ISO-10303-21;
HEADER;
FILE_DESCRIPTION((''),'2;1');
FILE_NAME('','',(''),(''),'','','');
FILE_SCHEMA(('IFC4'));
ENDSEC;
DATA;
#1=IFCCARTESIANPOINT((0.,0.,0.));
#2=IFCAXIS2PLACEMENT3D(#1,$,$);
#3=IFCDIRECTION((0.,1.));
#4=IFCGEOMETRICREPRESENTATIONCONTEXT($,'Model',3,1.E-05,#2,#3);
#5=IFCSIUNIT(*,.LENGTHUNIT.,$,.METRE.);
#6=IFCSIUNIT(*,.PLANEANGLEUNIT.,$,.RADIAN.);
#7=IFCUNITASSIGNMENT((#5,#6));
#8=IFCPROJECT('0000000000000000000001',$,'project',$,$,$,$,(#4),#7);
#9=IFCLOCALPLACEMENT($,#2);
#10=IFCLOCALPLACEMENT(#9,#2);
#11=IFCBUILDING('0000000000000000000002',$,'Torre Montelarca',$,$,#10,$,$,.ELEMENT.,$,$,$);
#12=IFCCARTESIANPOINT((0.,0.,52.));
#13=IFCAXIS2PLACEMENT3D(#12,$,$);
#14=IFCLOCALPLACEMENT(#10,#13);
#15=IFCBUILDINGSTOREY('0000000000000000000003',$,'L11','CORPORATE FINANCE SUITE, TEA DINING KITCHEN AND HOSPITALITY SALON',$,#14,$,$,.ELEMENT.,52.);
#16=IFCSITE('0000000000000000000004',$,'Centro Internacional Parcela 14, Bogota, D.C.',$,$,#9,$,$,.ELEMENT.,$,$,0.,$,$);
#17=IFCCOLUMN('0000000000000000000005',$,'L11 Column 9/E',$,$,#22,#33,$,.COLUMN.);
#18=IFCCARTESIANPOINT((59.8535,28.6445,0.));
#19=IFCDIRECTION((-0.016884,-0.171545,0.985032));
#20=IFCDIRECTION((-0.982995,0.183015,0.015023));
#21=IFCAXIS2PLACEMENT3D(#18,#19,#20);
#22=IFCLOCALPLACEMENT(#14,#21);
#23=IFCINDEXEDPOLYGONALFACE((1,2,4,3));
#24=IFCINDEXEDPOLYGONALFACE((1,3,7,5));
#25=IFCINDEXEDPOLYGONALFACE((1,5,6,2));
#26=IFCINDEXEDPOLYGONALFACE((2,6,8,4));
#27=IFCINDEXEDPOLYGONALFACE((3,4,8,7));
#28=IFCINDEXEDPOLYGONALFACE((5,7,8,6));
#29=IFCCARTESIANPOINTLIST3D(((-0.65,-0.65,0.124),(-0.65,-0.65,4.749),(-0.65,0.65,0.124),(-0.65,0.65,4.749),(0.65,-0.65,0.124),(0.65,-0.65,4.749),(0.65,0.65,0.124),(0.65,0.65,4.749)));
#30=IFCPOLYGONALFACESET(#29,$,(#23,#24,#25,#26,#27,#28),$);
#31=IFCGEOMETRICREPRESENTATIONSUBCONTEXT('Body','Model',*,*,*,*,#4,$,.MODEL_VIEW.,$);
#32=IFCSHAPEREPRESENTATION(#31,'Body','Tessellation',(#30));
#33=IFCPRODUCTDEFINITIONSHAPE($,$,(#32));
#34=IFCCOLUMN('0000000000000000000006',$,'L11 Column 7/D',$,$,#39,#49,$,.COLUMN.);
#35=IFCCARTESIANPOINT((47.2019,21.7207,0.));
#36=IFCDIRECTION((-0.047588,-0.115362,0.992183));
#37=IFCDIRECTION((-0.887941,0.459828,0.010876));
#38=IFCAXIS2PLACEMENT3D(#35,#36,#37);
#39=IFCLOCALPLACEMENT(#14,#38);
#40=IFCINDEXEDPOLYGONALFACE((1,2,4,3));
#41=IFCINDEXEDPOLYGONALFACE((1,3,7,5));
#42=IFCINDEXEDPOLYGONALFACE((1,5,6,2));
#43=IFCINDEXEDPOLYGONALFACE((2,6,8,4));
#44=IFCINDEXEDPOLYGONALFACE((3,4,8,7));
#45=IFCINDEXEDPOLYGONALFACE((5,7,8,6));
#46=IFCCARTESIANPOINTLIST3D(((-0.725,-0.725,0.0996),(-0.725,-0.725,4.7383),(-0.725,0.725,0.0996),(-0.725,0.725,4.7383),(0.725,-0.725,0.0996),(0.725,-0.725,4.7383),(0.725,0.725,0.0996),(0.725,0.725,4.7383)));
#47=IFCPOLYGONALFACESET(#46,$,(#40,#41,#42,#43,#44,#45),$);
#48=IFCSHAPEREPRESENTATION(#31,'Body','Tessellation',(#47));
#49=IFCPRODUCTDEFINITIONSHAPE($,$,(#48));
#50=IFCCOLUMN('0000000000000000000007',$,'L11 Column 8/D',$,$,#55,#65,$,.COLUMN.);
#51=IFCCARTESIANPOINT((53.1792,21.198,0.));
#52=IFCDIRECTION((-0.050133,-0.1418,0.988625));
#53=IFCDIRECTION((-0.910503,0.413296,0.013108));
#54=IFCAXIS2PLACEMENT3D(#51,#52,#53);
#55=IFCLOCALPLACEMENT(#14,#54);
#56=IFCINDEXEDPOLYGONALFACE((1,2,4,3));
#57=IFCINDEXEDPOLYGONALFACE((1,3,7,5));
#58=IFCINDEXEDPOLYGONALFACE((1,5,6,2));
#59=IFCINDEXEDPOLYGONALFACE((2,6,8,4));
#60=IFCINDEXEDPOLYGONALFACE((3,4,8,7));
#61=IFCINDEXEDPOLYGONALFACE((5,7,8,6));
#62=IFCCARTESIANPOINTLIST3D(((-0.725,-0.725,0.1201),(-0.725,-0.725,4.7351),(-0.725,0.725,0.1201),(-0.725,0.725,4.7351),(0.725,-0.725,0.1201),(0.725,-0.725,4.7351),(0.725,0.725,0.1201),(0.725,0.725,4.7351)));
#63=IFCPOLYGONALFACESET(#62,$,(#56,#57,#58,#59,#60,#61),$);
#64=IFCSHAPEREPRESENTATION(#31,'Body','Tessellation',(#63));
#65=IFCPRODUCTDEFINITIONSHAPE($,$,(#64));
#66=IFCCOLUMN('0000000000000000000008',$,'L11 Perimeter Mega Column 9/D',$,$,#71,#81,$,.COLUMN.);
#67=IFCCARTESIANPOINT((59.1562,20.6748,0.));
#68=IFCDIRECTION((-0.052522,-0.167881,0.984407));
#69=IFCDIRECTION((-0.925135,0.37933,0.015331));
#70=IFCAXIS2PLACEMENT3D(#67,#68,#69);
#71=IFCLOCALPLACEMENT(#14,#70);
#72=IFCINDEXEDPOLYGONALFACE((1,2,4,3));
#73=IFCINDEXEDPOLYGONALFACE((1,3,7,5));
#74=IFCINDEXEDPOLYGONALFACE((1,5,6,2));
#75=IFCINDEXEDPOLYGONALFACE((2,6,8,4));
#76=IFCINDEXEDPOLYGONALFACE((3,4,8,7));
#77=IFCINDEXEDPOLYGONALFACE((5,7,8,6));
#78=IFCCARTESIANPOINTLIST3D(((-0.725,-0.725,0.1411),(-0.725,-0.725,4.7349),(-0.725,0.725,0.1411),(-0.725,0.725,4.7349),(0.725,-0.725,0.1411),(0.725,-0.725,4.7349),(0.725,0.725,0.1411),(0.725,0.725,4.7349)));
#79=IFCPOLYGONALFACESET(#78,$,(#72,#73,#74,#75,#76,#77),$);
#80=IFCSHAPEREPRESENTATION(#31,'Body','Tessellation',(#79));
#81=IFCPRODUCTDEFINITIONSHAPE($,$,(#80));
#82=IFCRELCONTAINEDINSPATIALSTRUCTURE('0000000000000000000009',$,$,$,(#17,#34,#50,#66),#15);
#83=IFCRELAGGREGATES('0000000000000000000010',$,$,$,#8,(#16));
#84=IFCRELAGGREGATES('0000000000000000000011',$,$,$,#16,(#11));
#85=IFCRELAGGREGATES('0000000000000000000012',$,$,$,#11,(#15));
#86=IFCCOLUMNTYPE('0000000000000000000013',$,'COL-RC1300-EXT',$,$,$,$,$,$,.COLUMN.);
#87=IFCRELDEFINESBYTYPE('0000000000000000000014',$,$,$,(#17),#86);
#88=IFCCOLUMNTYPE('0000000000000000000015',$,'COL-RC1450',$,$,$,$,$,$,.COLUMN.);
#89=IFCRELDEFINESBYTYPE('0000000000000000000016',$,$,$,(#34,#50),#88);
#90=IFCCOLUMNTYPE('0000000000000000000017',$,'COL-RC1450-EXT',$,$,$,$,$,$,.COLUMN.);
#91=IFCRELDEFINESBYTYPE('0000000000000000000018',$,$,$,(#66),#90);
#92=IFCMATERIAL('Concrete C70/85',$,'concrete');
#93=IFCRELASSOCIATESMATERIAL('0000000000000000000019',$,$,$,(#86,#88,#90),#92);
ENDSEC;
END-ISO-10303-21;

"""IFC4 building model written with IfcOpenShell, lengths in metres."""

from ifc_helpers import new_model, si_unit, direction, frame, origin, origin_2d, place, context, subcontext, project, spatial, rectangle, extrude, clip, halfspace, material, material_profile, profile_set, type_object, element, save


model = new_model("IFC4")

# Units and contexts
model_context = context("Model", 3, precision=1e-05, world=origin(), true_north=direction((0.0, 1.0)))
body_context = subcontext(model_context, "Body", "Model", "MODEL_VIEW")
ifc_project = project(units=[si_unit("LENGTHUNIT", "METRE"), si_unit("PLANEANGLEUNIT", "RADIAN")], contexts=[model_context])

# Site, building, storey
site_placement = place(None, origin())
site = spatial("IfcSite", under=ifc_project, at=site_placement, Name="Centro Internacional Parcela 14, Bogota, D.C.", CompositionType="ELEMENT", RefElevation=0.0)
building_placement = place(site_placement, origin())
building = spatial("IfcBuilding", under=site, at=building_placement, Name="Torre Montelarca", CompositionType="ELEMENT")
storey_placement = place(building_placement, frame((0.0, 0.0, 52.0)))
storey = spatial("IfcBuildingStorey", under=building, at=storey_placement, Name="L11", Description="CORPORATE FINANCE SUITE, TEA DINING KITCHEN AND HOSPITALITY SALON", CompositionType="ELEMENT", Elevation=52.0)

# Columns
ifc_material_1 = material(Name="Concrete C70/85", Category="concrete")
ifc_material_profile_1 = material_profile(ifc_material_1, rectangle(XDim=1.3, YDim=1.3, at=origin_2d()), Name="RC1300X1300", Category="concrete")
ifc_profile_set_1 = profile_set([ifc_material_profile_1], Name="Concrete C70/85")
column_type_1 = type_object("IfcColumnType", Name="COL-RC1300-EXT", PredefinedType="COLUMN", material=ifc_profile_set_1)
column_1_placement = place(storey_placement, frame((59.8535, 28.6445, 0.0), z_axis=(-0.016884, -0.171545, 0.985032), x_axis=(-0.982995, 0.183015, 0.015023)))
element("IfcColumn", 1, at=column_1_placement, inside=storey, type_object=column_type_1, Name="L11 Column 9/E", PredefinedType="COLUMN", context=body_context, shape_type="Clipping", body=[
    clip(clip(extrude(rectangle(XDim=1.3, YDim=1.3, at=origin_2d()), origin(), (0.0, 0.0, 1.0), 4.873), halfspace(frame((0.0, 0.0, 0.124), z_axis=(0.0, 0.0, -1.0), x_axis=(1.0, 0.0, 0.0)), False)), halfspace(frame((0.0, 0.0, 4.749), z_axis=(0.0, 0.0, 1.0), x_axis=(1.0, 0.0, 0.0)), False)),
])
ifc_material_profile_2 = material_profile(ifc_material_1, rectangle(XDim=1.45, YDim=1.45, at=origin_2d()), Name="RC1450X1450", Category="concrete")
ifc_profile_set_2 = profile_set([ifc_material_profile_2], Name="Concrete C70/85")
column_type_2 = type_object("IfcColumnType", Name="COL-RC1450", PredefinedType="COLUMN", material=ifc_profile_set_2)
column_2_placement = place(storey_placement, frame((47.2019, 21.7207, 0.0), z_axis=(-0.047588, -0.115362, 0.992183), x_axis=(-0.887941, 0.459828, 0.010876)))
element("IfcColumn", 2, at=column_2_placement, inside=storey, type_object=column_type_2, Name="L11 Column 7/D", PredefinedType="COLUMN", context=body_context, shape_type="Clipping", body=[
    clip(clip(extrude(rectangle(XDim=1.45, YDim=1.45, at=origin_2d()), origin(), (0.0, 0.0, 1.0), 4.8379), halfspace(frame((0.0, 0.0, 0.0996), z_axis=(0.0, 0.0, -1.0), x_axis=(1.0, 0.0, 0.0)), False)), halfspace(frame((0.0, 0.0, 4.7383), z_axis=(0.0, 0.0, 1.0), x_axis=(1.0, 0.0, 0.0)), False)),
])
column_3_placement = place(storey_placement, frame((53.1792, 21.198, 0.0), z_axis=(-0.050133, -0.1418, 0.988625), x_axis=(-0.910503, 0.413296, 0.013108)))
element("IfcColumn", 3, at=column_3_placement, inside=storey, type_object=column_type_2, Name="L11 Column 8/D", PredefinedType="COLUMN", context=body_context, shape_type="Clipping", body=[
    clip(clip(extrude(rectangle(XDim=1.45, YDim=1.45, at=origin_2d()), origin(), (0.0, 0.0, 1.0), 4.8552), halfspace(frame((0.0, 0.0, 0.1201), z_axis=(0.0, 0.0, -1.0), x_axis=(1.0, 0.0, 0.0)), False)), halfspace(frame((0.0, 0.0, 4.7351), z_axis=(0.0, 0.0, 1.0), x_axis=(1.0, 0.0, 0.0)), False)),
])
ifc_material_profile_3 = material_profile(ifc_material_1, rectangle(XDim=1.45, YDim=1.45, at=origin_2d()), Name="RC1450X1450", Category="concrete")
ifc_profile_set_3 = profile_set([ifc_material_profile_3], Name="Concrete C70/85")
column_type_3 = type_object("IfcColumnType", Name="COL-RC1450-EXT", PredefinedType="COLUMN", material=ifc_profile_set_3)
column_4_placement = place(storey_placement, frame((59.1562, 20.6748, 0.0), z_axis=(-0.052522, -0.167881, 0.984407), x_axis=(-0.925135, 0.37933, 0.015331)))
element("IfcColumn", 4, at=column_4_placement, inside=storey, type_object=column_type_3, Name="L11 Perimeter Mega Column 9/D", PredefinedType="COLUMN", context=body_context, shape_type="Clipping", body=[
    clip(clip(extrude(rectangle(XDim=1.45, YDim=1.45, at=origin_2d()), origin(), (0.0, 0.0, 1.0), 4.876), halfspace(frame((0.0, 0.0, 0.1411), z_axis=(0.0, 0.0, -1.0), x_axis=(1.0, 0.0, 0.0)), False)), halfspace(frame((0.0, 0.0, 4.7349), z_axis=(0.0, 0.0, 1.0), x_axis=(1.0, 0.0, 0.0)), False)),
])

save(model, "model.ifc")
